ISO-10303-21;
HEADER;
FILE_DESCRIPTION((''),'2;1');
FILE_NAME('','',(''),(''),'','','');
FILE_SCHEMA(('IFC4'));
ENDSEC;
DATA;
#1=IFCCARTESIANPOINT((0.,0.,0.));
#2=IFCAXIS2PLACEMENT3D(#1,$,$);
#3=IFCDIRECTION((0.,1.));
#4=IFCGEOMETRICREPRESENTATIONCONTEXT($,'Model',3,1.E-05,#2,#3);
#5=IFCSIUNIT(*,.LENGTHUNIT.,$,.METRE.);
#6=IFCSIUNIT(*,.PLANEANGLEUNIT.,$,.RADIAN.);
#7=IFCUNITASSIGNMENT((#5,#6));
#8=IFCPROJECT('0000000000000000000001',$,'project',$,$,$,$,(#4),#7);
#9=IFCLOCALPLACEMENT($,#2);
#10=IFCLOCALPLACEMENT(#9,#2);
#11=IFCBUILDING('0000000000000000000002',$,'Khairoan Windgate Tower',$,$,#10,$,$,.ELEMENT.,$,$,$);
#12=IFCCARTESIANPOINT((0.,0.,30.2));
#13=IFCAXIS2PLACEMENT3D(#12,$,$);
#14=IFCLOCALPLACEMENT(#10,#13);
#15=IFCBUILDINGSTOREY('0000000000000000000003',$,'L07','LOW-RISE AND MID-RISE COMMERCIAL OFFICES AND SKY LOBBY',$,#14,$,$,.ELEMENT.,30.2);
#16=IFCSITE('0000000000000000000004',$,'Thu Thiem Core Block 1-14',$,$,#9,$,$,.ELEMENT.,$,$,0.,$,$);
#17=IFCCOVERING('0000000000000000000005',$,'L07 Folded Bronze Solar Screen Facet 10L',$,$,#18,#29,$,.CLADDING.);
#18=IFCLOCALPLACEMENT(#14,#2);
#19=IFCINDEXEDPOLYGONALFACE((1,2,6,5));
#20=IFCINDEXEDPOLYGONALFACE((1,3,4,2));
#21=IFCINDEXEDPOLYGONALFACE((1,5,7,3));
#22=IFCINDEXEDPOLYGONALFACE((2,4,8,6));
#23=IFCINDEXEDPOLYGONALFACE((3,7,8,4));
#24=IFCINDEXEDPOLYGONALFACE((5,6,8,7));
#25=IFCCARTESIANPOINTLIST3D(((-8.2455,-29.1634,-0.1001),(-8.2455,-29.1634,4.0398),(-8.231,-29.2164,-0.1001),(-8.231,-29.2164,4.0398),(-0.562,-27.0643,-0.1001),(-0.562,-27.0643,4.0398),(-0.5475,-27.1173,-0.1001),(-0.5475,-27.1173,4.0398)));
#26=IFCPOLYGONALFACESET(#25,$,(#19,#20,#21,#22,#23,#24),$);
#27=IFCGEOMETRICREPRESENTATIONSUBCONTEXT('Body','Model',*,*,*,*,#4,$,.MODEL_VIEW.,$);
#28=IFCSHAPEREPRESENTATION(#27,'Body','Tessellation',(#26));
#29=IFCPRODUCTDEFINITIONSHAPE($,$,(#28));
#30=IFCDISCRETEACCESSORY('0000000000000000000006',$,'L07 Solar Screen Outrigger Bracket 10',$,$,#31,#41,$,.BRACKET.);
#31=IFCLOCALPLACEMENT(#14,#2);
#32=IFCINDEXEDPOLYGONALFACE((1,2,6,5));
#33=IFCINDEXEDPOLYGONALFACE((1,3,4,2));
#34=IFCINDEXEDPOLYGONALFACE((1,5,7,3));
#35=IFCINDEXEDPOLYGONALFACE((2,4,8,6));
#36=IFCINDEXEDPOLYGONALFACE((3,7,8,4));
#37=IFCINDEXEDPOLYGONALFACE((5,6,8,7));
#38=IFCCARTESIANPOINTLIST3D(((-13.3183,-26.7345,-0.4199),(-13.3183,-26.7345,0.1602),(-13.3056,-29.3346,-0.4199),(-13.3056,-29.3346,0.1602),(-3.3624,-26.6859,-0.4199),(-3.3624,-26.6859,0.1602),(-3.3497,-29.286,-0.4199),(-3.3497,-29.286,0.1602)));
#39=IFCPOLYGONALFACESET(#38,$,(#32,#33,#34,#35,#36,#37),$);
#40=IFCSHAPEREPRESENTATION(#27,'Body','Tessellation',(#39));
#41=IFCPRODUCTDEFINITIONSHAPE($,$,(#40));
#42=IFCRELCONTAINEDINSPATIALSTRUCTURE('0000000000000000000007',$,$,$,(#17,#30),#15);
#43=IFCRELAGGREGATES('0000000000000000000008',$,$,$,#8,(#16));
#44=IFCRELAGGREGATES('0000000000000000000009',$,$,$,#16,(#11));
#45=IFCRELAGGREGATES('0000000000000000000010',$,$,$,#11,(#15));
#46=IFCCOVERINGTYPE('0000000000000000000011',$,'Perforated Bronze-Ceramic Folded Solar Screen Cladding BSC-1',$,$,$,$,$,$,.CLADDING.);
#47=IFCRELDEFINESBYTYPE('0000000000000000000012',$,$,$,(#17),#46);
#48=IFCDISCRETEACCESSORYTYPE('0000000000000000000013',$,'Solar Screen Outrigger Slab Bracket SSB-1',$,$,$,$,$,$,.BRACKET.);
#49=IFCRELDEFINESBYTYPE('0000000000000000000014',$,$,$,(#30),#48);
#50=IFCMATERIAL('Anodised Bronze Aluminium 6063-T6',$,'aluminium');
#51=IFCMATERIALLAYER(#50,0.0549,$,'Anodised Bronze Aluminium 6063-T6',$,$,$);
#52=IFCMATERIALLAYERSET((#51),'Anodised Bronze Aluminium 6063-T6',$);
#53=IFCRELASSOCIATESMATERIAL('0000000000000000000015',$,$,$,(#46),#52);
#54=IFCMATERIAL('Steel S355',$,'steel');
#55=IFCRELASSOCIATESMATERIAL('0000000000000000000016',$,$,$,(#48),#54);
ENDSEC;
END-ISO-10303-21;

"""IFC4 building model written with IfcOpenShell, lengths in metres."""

from ifc_helpers import new_model, si_unit, direction, frame, origin, origin_2d, place, context, subcontext, project, spatial, rectangle, extrude, material, layer, layer_set, type_object, element, save


model = new_model("IFC4")

# Units and contexts
model_context = context("Model", 3, precision=1e-05, world=origin(), true_north=direction((0.0, 1.0)))
body_context = subcontext(model_context, "Body", "Model", "MODEL_VIEW")
ifc_project = project(units=[si_unit("LENGTHUNIT", "METRE"), si_unit("PLANEANGLEUNIT", "RADIAN")], contexts=[model_context])

# Site, building, storey
site_placement = place(None, origin())
site = spatial("IfcSite", under=ifc_project, at=site_placement, Name="Thu Thiem Core Block 1-14", CompositionType="ELEMENT", RefElevation=0.0)
building_placement = place(site_placement, origin())
building = spatial("IfcBuilding", under=site, at=building_placement, Name="Khairoan Windgate Tower", CompositionType="ELEMENT")
storey_placement = place(building_placement, frame((0.0, 0.0, 30.2)))
storey = spatial("IfcBuildingStorey", under=building, at=storey_placement, Name="L07", Description="LOW-RISE AND MID-RISE COMMERCIAL OFFICES AND SKY LOBBY", CompositionType="ELEMENT", Elevation=30.2)

# Covering
ifc_material_1 = material(Name="Anodised Bronze Aluminium 6063-T6", Category="aluminium")
ifc_layer_1 = layer(ifc_material_1, 0.0549, Name="Anodised Bronze Aluminium 6063-T6")
ifc_layer_set_1 = layer_set([ifc_layer_1], Name="Anodised Bronze Aluminium 6063-T6")
covering_type = type_object("IfcCoveringType", Name="Perforated Bronze-Ceramic Folded Solar Screen Cladding BSC-1", PredefinedType="CLADDING", material=ifc_layer_set_1)
covering_placement = place(storey_placement, frame((-4.3965, -28.1404, -0.1001), z_axis=(0.0, 0.0, 1.0), x_axis=(-0.964649, -0.263536, 0.0)))
element("IfcCovering", 1, at=covering_placement, inside=storey, type_object=covering_type, Name="L07 Folded Bronze Solar Screen Facet 10L", PredefinedType="CLADDING", context=body_context, shape_type="SweptSolid", body=[
    extrude(rectangle(XDim=7.9651, YDim=0.0549, at=origin_2d()), origin(), (0.0, 0.0, 1.0), 4.1399),
])

# Discrete accessory
ifc_material_2 = material(Name="Steel S355", Category="steel")
discrete_accessory_type = type_object("IfcDiscreteAccessoryType", Name="Solar Screen Outrigger Slab Bracket SSB-1", PredefinedType="BRACKET", material=ifc_material_2)
discrete_accessory_placement = place(storey_placement, frame((-8.334, -28.0103, -0.4199), z_axis=(0.0, 0.0, 1.0), x_axis=(-0.999988, -0.004887, 0.0)))
element("IfcDiscreteAccessory", 2, at=discrete_accessory_placement, inside=storey, type_object=discrete_accessory_type, Name="L07 Solar Screen Outrigger Bracket 10", PredefinedType="BRACKET", context=body_context, shape_type="SweptSolid", body=[
    extrude(rectangle(XDim=9.9561, YDim=2.6001, at=origin_2d()), origin(), (0.0, 0.0, 1.0), 0.5801),
])

save(model, "model.ifc")
